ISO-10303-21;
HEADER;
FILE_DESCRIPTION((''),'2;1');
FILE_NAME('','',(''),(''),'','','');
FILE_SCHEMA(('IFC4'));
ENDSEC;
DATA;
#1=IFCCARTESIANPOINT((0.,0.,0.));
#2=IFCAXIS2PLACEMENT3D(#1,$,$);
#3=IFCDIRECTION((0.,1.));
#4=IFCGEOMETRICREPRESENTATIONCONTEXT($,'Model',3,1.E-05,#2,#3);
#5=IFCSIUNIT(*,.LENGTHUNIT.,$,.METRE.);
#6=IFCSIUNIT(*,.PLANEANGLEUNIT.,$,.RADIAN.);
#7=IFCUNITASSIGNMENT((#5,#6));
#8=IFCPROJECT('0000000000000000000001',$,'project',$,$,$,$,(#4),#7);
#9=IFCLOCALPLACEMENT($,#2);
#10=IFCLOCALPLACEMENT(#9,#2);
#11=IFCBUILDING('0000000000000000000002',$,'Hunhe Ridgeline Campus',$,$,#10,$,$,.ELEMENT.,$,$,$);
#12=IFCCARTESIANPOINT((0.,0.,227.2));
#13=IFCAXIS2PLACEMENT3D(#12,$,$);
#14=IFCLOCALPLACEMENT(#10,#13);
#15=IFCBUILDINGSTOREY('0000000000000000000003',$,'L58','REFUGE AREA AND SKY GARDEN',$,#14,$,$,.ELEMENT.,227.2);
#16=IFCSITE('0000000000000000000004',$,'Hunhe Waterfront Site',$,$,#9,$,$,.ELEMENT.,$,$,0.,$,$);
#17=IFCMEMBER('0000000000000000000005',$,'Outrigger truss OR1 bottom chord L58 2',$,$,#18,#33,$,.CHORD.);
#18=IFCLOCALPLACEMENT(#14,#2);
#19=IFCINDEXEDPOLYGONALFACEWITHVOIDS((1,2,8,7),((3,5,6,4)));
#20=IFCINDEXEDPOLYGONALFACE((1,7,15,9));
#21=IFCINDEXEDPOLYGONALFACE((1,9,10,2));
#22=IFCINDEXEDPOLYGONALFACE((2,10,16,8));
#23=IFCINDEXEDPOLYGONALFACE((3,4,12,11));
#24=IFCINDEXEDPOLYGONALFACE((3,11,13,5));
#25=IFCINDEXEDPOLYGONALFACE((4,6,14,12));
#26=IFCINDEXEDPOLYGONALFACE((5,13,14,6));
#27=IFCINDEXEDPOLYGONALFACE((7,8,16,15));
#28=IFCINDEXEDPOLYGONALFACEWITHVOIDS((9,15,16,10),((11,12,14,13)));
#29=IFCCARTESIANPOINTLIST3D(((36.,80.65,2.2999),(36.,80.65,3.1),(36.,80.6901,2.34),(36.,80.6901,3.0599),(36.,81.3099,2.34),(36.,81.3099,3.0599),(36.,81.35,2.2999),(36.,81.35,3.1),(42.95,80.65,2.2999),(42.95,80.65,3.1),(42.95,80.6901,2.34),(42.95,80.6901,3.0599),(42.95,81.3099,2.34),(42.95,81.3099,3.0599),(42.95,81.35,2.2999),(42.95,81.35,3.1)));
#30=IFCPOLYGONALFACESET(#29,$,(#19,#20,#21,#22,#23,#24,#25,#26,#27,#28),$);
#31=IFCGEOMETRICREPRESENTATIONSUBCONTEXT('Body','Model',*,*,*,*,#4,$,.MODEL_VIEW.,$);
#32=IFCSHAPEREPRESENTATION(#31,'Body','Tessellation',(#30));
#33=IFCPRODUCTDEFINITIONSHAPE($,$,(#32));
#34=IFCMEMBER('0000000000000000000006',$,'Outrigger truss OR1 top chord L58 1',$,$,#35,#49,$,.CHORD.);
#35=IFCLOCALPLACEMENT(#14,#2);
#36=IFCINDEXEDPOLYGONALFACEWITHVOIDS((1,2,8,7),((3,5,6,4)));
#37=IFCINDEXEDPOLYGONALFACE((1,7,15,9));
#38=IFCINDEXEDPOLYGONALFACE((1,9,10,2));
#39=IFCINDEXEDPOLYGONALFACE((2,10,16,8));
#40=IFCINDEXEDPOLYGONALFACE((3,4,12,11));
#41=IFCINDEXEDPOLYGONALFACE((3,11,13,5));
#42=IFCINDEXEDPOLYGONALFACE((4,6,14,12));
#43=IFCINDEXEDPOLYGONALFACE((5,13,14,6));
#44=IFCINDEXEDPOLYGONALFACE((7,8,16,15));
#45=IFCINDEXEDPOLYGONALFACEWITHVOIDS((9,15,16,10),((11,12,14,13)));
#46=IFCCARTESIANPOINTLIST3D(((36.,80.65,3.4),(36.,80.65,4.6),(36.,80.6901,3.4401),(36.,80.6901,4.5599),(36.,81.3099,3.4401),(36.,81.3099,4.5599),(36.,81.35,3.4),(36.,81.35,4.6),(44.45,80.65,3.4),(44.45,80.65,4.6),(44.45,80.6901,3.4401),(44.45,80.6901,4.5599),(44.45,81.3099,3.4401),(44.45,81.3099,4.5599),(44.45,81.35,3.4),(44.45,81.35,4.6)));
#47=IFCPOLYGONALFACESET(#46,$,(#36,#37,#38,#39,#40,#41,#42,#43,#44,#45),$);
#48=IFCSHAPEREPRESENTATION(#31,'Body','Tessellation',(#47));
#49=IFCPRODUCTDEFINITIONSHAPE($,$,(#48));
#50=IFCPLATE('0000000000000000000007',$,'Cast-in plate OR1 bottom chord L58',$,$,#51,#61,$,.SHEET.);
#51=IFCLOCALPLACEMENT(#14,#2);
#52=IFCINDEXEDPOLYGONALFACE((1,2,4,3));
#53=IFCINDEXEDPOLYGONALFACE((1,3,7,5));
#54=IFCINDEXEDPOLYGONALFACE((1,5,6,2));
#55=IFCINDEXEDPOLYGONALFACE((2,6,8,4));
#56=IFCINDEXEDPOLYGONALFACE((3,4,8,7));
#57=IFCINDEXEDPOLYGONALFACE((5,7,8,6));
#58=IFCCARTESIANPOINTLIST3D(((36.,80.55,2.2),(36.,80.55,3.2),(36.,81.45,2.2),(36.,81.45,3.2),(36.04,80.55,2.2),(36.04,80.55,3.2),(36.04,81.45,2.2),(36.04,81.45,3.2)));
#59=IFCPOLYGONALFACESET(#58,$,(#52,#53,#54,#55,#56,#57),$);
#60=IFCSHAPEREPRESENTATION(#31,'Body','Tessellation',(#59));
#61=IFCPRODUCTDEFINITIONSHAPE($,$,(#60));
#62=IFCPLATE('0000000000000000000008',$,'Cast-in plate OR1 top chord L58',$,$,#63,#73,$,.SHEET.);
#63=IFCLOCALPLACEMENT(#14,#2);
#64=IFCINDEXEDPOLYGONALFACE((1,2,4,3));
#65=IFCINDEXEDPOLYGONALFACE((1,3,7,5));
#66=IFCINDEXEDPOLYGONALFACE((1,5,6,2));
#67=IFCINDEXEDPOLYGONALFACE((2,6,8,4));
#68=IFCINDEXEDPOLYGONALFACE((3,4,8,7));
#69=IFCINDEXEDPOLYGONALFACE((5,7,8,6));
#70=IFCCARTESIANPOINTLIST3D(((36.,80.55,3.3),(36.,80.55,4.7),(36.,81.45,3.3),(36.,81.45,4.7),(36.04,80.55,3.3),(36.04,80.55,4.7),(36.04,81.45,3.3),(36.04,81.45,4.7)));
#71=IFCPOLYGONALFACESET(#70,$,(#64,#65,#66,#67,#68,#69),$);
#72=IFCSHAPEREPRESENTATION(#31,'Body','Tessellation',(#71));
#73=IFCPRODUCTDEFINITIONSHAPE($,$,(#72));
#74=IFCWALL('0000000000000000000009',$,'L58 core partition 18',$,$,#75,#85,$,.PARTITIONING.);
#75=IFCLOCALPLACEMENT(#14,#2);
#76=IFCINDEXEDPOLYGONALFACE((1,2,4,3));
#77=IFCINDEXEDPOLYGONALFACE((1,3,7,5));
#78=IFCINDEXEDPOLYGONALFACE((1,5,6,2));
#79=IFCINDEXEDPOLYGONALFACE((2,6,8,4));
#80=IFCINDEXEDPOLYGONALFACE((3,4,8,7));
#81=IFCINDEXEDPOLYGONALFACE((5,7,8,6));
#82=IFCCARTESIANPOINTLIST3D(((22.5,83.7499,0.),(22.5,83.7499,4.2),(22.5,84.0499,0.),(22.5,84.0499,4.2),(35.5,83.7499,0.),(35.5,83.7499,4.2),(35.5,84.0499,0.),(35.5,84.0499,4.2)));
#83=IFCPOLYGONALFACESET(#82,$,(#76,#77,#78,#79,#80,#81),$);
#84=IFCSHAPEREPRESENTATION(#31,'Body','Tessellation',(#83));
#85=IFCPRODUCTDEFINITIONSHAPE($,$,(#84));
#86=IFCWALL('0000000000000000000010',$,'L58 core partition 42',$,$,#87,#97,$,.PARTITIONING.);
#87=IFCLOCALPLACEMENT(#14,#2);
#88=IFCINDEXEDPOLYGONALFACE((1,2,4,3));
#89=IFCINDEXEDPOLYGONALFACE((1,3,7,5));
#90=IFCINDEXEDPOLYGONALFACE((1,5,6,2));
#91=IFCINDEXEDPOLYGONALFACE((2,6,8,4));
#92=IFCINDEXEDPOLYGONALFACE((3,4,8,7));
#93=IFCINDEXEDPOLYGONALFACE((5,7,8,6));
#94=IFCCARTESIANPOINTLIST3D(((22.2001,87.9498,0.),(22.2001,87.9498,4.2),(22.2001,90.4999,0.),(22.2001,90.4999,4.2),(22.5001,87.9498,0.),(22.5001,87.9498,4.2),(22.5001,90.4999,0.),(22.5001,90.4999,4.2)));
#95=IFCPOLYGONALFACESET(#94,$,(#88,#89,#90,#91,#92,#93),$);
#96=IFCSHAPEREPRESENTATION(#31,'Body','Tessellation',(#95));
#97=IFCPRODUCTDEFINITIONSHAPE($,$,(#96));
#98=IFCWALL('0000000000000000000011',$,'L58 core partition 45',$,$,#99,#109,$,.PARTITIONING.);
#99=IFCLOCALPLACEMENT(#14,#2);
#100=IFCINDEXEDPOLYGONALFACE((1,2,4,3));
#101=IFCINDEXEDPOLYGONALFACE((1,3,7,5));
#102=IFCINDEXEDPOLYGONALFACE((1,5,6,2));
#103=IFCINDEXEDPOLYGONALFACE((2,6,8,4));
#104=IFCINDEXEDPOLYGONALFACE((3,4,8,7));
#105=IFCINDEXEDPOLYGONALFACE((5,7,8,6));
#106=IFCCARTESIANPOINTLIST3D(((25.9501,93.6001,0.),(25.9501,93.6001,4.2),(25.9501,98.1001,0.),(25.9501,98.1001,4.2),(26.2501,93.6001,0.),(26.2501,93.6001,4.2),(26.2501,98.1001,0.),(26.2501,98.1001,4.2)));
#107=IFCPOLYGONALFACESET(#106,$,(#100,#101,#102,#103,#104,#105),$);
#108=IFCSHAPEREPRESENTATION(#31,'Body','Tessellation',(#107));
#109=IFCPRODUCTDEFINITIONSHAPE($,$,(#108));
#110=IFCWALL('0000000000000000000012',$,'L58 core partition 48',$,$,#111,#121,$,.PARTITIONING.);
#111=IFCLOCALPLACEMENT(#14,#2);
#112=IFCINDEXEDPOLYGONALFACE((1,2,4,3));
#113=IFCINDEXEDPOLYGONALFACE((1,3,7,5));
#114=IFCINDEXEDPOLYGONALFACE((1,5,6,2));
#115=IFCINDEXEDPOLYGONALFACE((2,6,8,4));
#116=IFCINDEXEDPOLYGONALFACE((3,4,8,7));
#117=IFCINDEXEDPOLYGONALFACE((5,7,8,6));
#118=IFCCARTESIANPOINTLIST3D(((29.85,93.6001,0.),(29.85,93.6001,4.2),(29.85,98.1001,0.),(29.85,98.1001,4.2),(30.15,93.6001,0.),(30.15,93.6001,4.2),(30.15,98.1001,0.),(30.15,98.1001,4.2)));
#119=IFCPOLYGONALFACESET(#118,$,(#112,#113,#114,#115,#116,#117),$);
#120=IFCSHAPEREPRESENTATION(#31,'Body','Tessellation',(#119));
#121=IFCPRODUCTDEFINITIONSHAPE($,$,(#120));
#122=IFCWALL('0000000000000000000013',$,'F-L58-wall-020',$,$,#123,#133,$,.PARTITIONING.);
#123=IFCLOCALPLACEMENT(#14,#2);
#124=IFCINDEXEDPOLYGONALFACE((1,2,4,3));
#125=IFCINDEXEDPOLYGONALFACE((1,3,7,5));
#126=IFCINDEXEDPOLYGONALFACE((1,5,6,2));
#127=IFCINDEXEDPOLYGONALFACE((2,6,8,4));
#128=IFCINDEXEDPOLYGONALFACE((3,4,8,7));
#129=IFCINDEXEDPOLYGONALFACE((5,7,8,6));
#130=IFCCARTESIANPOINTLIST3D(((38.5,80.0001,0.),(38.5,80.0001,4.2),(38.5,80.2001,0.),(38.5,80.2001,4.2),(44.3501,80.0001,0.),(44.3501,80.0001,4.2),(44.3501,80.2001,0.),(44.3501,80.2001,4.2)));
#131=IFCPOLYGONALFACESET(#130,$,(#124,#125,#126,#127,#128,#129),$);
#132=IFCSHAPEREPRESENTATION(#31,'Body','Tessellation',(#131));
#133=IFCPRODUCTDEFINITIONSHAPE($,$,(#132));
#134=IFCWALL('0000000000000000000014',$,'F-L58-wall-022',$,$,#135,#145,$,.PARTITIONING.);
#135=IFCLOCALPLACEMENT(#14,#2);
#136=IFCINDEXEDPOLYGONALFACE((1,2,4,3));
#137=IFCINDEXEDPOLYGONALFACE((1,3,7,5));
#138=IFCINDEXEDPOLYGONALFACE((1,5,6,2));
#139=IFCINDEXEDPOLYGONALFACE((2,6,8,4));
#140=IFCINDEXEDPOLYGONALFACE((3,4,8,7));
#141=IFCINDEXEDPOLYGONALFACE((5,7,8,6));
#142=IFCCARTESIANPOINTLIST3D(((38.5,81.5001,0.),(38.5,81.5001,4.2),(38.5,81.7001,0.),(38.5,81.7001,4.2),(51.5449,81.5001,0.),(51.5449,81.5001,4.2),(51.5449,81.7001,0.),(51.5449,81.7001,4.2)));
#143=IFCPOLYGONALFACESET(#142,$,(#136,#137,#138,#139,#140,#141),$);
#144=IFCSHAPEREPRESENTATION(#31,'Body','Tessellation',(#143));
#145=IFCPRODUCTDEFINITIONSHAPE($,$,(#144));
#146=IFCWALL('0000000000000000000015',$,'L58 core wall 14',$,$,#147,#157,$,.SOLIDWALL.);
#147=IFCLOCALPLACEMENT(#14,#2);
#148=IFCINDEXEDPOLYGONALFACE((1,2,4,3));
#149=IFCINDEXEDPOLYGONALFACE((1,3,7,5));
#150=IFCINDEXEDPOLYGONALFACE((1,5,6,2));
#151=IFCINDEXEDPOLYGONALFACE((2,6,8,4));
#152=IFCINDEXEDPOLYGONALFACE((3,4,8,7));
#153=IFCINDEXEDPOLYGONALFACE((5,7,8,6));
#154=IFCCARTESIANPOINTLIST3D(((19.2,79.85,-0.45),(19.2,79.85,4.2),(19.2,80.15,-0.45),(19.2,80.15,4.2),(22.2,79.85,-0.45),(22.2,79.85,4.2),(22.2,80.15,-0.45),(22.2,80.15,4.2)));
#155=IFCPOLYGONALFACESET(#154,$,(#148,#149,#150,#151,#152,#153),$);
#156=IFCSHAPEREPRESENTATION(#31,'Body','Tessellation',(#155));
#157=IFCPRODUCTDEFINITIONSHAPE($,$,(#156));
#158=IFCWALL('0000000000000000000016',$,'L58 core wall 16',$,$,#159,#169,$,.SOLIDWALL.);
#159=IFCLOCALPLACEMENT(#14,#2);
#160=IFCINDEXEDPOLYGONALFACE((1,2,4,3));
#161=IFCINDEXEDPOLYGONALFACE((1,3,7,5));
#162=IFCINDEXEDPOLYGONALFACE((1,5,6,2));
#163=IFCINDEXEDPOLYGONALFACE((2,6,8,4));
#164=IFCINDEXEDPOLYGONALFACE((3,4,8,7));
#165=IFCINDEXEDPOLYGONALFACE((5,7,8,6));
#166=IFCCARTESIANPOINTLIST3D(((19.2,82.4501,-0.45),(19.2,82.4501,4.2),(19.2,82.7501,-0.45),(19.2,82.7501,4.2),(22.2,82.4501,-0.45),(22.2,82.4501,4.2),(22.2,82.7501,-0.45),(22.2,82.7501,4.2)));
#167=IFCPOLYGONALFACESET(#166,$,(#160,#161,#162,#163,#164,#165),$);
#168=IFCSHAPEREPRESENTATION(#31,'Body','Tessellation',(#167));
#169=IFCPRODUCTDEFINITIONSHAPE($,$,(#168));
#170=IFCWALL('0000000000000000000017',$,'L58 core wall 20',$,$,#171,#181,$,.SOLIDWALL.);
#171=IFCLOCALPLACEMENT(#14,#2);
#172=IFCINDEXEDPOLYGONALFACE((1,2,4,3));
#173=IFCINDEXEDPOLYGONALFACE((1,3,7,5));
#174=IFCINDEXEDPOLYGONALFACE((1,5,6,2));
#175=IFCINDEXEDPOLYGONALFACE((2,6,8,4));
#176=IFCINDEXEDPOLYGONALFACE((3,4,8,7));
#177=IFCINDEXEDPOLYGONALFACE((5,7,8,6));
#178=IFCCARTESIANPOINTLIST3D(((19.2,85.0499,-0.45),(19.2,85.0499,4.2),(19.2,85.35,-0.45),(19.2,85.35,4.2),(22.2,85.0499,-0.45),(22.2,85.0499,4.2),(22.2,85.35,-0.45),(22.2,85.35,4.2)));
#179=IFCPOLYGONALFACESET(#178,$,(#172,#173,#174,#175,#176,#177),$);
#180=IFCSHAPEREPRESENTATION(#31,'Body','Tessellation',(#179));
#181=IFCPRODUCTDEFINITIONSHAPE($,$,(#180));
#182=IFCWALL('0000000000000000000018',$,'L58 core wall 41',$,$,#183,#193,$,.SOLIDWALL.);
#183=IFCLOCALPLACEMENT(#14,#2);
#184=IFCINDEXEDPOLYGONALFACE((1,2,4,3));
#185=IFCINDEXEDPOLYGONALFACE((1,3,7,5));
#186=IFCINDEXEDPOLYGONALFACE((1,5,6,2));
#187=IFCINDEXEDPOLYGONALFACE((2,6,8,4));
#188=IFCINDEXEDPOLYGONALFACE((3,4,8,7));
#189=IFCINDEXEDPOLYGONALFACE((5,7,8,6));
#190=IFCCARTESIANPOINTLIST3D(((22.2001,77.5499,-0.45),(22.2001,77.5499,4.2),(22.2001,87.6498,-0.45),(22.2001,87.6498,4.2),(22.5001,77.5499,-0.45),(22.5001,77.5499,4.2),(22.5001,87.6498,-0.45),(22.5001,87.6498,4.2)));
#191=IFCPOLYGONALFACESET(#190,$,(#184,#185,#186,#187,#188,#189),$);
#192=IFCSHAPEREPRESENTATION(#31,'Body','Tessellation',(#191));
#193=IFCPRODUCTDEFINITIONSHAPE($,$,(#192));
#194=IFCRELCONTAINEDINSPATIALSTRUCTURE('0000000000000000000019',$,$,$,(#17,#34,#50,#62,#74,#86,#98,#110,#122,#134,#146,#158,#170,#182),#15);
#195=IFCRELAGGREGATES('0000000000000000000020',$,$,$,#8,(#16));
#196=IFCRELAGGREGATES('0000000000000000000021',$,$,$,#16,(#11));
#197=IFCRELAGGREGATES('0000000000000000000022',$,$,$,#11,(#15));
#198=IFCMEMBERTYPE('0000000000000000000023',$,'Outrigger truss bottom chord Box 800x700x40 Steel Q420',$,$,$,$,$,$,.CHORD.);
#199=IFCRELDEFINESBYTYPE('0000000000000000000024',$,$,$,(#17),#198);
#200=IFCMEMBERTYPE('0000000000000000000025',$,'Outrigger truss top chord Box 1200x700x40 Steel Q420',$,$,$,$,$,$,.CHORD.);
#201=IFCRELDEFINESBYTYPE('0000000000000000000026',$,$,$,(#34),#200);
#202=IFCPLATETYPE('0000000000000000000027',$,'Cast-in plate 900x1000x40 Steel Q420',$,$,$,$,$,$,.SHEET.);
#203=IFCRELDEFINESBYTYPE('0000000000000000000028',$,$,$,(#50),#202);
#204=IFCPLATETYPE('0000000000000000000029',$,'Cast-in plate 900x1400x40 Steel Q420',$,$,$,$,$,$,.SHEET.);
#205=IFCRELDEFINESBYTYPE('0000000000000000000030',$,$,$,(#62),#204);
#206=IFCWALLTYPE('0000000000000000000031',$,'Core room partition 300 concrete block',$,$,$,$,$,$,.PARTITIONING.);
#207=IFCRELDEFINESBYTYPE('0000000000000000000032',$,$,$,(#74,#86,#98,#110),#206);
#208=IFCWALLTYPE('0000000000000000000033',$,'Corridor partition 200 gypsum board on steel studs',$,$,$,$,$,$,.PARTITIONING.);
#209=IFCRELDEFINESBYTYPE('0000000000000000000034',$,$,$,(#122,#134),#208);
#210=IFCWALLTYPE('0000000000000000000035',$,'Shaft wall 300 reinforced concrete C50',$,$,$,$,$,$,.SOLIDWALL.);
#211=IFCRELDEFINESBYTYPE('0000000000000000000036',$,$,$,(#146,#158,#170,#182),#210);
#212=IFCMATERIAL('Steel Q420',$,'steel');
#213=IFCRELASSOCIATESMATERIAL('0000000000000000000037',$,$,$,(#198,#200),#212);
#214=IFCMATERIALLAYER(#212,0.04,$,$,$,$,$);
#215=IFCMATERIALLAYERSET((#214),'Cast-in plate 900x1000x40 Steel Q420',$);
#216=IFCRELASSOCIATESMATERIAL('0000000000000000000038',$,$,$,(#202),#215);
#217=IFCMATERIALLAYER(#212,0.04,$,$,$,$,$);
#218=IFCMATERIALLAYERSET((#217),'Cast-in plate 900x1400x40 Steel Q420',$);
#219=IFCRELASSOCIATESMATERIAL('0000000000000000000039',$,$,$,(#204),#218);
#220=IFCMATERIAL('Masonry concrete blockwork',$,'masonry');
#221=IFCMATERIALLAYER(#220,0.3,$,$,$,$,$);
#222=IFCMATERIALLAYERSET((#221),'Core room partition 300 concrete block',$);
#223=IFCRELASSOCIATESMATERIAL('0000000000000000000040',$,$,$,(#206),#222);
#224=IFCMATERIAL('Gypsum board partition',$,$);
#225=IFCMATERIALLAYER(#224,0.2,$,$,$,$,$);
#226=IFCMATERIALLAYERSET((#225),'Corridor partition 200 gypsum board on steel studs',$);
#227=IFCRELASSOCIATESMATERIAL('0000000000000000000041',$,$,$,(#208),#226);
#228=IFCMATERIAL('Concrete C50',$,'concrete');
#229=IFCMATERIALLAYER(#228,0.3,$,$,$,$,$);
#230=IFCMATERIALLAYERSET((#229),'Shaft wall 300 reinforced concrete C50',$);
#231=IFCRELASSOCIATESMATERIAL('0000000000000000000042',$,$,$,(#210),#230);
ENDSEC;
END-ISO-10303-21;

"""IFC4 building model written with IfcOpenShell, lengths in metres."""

from ifc_helpers import new_model, si_unit, direction, frame, frame_2d, origin, origin_2d, place, context, subcontext, project, spatial, rectangle, hollow_rectangle, extrude, material, layer, layer_set, material_profile, profile_set, type_object, element, save


model = new_model("IFC4")

# Units and contexts
model_context = context("Model", 3, precision=1e-05, world=origin(), true_north=direction((0.0, 1.0)))
body_context = subcontext(model_context, "Body", "Model", "MODEL_VIEW")
ifc_project = project(units=[si_unit("LENGTHUNIT", "METRE"), si_unit("PLANEANGLEUNIT", "RADIAN")], contexts=[model_context])

# Site, building, storey
site_placement = place(None, origin())
site = spatial("IfcSite", under=ifc_project, at=site_placement, Name="Hunhe Waterfront Site", CompositionType="ELEMENT", RefElevation=0.0)
building_placement = place(site_placement, origin())
building = spatial("IfcBuilding", under=site, at=building_placement, Name="Hunhe Ridgeline Campus", CompositionType="ELEMENT")
storey_placement = place(building_placement, frame((0.0, 0.0, 227.2)))
storey = spatial("IfcBuildingStorey", under=building, at=storey_placement, Name="L58", Description="REFUGE AREA AND SKY GARDEN", CompositionType="ELEMENT", Elevation=227.2)

# Members
ifc_material_1 = material(Name="Steel Q420", Category="steel")
ifc_material_profile_1 = material_profile(ifc_material_1, hollow_rectangle(XDim=0.7, YDim=0.8, WallThickness=0.04, at=origin_2d()))
ifc_profile_set_1 = profile_set([ifc_material_profile_1], Name="Steel Q420")
member_type_1 = type_object("IfcMemberType", Name="Outrigger truss bottom chord Box 800x700x40 Steel Q420", PredefinedType="CHORD", material=ifc_profile_set_1)
member_1_placement = place(storey_placement, frame((36.0, 81.0, 2.7), z_axis=(1.0, 0.0, 0.0), x_axis=(0.0, 1.0, 0.0)))
element("IfcMember", 1, at=member_1_placement, inside=storey, type_object=member_type_1, Name="Outrigger truss OR1 bottom chord L58 2", PredefinedType="CHORD", context=body_context, shape_type="SweptSolid", body=[
    extrude(hollow_rectangle(XDim=0.7, YDim=0.8, WallThickness=0.04, at=origin_2d()), origin(), (0.0, 0.0, 1.0), 6.95),
])
ifc_material_profile_2 = material_profile(ifc_material_1, hollow_rectangle(XDim=0.7, YDim=1.2, WallThickness=0.04, at=origin_2d()))
ifc_profile_set_2 = profile_set([ifc_material_profile_2], Name="Steel Q420")
member_type_2 = type_object("IfcMemberType", Name="Outrigger truss top chord Box 1200x700x40 Steel Q420", PredefinedType="CHORD", material=ifc_profile_set_2)
member_2_placement = place(storey_placement, frame((36.0, 81.0, 4.0), z_axis=(1.0, 0.0, 0.0), x_axis=(0.0, 1.0, 0.0)))
element("IfcMember", 2, at=member_2_placement, inside=storey, type_object=member_type_2, Name="Outrigger truss OR1 top chord L58 1", PredefinedType="CHORD", context=body_context, shape_type="SweptSolid", body=[
    extrude(hollow_rectangle(XDim=0.7, YDim=1.2, WallThickness=0.04, at=origin_2d()), origin(), (0.0, 0.0, 1.0), 8.45),
])

# Plates
ifc_layer_1 = layer(ifc_material_1, 0.04)
ifc_layer_set_1 = layer_set([ifc_layer_1], Name="Cast-in plate 900x1000x40 Steel Q420")
plate_type_1 = type_object("IfcPlateType", Name="Cast-in plate 900x1000x40 Steel Q420", PredefinedType="SHEET", material=ifc_layer_set_1)
plate_1_placement = place(storey_placement, frame((36.02, 81.0, 2.2), z_axis=(0.0, 0.0, 1.0), x_axis=(1.0, 0.0, 0.0)))
element("IfcPlate", 3, at=plate_1_placement, inside=storey, type_object=plate_type_1, Name="Cast-in plate OR1 bottom chord L58", PredefinedType="SHEET", context=body_context, shape_type="SweptSolid", body=[
    extrude(rectangle(XDim=0.04, YDim=0.8999, at=origin_2d()), origin(), (0.0, 0.0, 1.0), 1.0),
])
ifc_layer_2 = layer(ifc_material_1, 0.04)
ifc_layer_set_2 = layer_set([ifc_layer_2], Name="Cast-in plate 900x1400x40 Steel Q420")
plate_type_2 = type_object("IfcPlateType", Name="Cast-in plate 900x1400x40 Steel Q420", PredefinedType="SHEET", material=ifc_layer_set_2)
plate_2_placement = place(storey_placement, frame((36.02, 81.0, 3.3), z_axis=(0.0, 0.0, 1.0), x_axis=(1.0, 0.0, 0.0)))
element("IfcPlate", 4, at=plate_2_placement, inside=storey, type_object=plate_type_2, Name="Cast-in plate OR1 top chord L58", PredefinedType="SHEET", context=body_context, shape_type="SweptSolid", body=[
    extrude(rectangle(XDim=0.04, YDim=0.8999, at=origin_2d()), origin(), (0.0, 0.0, 1.0), 1.3999),
])

# Walls
ifc_material_2 = material(Name="Masonry concrete blockwork", Category="masonry")
ifc_layer_3 = layer(ifc_material_2, 0.3)
ifc_layer_set_3 = layer_set([ifc_layer_3], Name="Core room partition 300 concrete block")
wall_type_1 = type_object("IfcWallType", Name="Core room partition 300 concrete block", PredefinedType="PARTITIONING", material=ifc_layer_set_3)
wall_1_placement = place(storey_placement, frame((22.5, 83.8999, 0.0), z_axis=(0.0, 0.0, 1.0), x_axis=(1.0, 0.0, 0.0)))
element("IfcWall", 5, at=wall_1_placement, inside=storey, type_object=wall_type_1, Name="L58 core partition 18", PredefinedType="PARTITIONING", context=body_context, shape_type="SweptSolid", body=[
    extrude(rectangle(XDim=13.0, YDim=0.3, at=frame_2d((6.5, 0.0))), origin(), (0.0, 0.0, 1.0), 4.2),
])
wall_2_placement = place(storey_placement, frame((22.3501, 87.95, 0.0), z_axis=(0.0, 0.0, 1.0), x_axis=(0.0, 1.0, 0.0)))
element("IfcWall", 6, at=wall_2_placement, inside=storey, type_object=wall_type_1, Name="L58 core partition 42", PredefinedType="PARTITIONING", context=body_context, shape_type="SweptSolid", body=[
    extrude(rectangle(XDim=2.55, YDim=0.3, at=frame_2d((1.2749, 0.0))), origin(), (0.0, 0.0, 1.0), 4.2),
])
for number, where, z_axis, x_axis, name in (
    (7, (26.1001, 93.6001, 0.0), (0.0, 0.0, 1.0), (0.0, 1.0, 0.0), "L58 core partition 45"),
    (8, (30.0, 93.6001, 0.0), (0.0, 0.0, 1.0), (0.0, 1.0, 0.0), "L58 core partition 48"),
):
    element("IfcWall", number, at=place(storey_placement, frame(where, z_axis=z_axis, x_axis=x_axis)), inside=storey, type_object=wall_type_1, Name=name, PredefinedType="PARTITIONING", context=body_context, shape_type="SweptSolid", body=[
        extrude(rectangle(XDim=4.5, YDim=0.3, at=frame_2d((2.25, 0.0))), origin(), (0.0, 0.0, 1.0), 4.2),
    ])
ifc_material_3 = material(Name="Gypsum board partition")
ifc_layer_4 = layer(ifc_material_3, 0.2)
ifc_layer_set_4 = layer_set([ifc_layer_4], Name="Corridor partition 200 gypsum board on steel studs")
wall_type_2 = type_object("IfcWallType", Name="Corridor partition 200 gypsum board on steel studs", PredefinedType="PARTITIONING", material=ifc_layer_set_4)
wall_3_placement = place(storey_placement, frame((38.5, 80.1001, 0.0), z_axis=(0.0, 0.0, 1.0), x_axis=(1.0, 0.0, 0.0)))
element("IfcWall", 9, at=wall_3_placement, inside=storey, type_object=wall_type_2, Name="F-L58-wall-020", PredefinedType="PARTITIONING", context=body_context, shape_type="SweptSolid", body=[
    extrude(rectangle(XDim=5.8501, YDim=0.2, at=frame_2d((2.925, 0.0))), origin(), (0.0, 0.0, 1.0), 4.2),
])
wall_4_placement = place(storey_placement, frame((38.5, 81.6001, 0.0), z_axis=(0.0, 0.0, 1.0), x_axis=(1.0, 0.0, 0.0)))
element("IfcWall", 10, at=wall_4_placement, inside=storey, type_object=wall_type_2, Name="F-L58-wall-022", PredefinedType="PARTITIONING", context=body_context, shape_type="SweptSolid", body=[
    extrude(rectangle(XDim=13.0449, YDim=0.2, at=frame_2d((6.5225, 0.0))), origin(), (0.0, 0.0, 1.0), 4.2),
])

# Shared definitions
ifc_material_4 = material(Name="Concrete C50", Category="concrete")

# Walls
ifc_layer_5 = layer(ifc_material_4, 0.3)
ifc_layer_set_5 = layer_set([ifc_layer_5], Name="Shaft wall 300 reinforced concrete C50")
wall_type_3 = type_object("IfcWallType", Name="Shaft wall 300 reinforced concrete C50", PredefinedType="SOLIDWALL", material=ifc_layer_set_5)
for number, where, z_axis, x_axis, name in (
    (11, (19.2, 80.0, -0.45), (0.0, 0.0, 1.0), (1.0, 0.0, 0.0), "L58 core wall 14"),
    (12, (19.2, 82.6001, -0.45), (0.0, 0.0, 1.0), (1.0, 0.0, 0.0), "L58 core wall 16"),
    (13, (19.2, 85.2, -0.45), (0.0, 0.0, 1.0), (1.0, 0.0, 0.0), "L58 core wall 20"),
):
    element("IfcWall", number, at=place(storey_placement, frame(where, z_axis=z_axis, x_axis=x_axis)), inside=storey, type_object=wall_type_3, Name=name, PredefinedType="SOLIDWALL", context=body_context, shape_type="SweptSolid", body=[
        extrude(rectangle(XDim=3.0, YDim=0.3, at=frame_2d((1.5, 0.0))), origin(), (0.0, 0.0, 1.0), 4.6499),
    ])
wall_5_placement = place(storey_placement, frame((22.3501, 77.55, -0.45), z_axis=(0.0, 0.0, 1.0), x_axis=(0.0, 1.0, 0.0)))
element("IfcWall", 14, at=wall_5_placement, inside=storey, type_object=wall_type_3, Name="L58 core wall 41", PredefinedType="SOLIDWALL", context=body_context, shape_type="SweptSolid", body=[
    extrude(rectangle(XDim=10.0999, YDim=0.3, at=frame_2d((5.0498, 0.0))), origin(), (0.0, 0.0, 1.0), 4.6499),
])

save(model, "model.ifc")
